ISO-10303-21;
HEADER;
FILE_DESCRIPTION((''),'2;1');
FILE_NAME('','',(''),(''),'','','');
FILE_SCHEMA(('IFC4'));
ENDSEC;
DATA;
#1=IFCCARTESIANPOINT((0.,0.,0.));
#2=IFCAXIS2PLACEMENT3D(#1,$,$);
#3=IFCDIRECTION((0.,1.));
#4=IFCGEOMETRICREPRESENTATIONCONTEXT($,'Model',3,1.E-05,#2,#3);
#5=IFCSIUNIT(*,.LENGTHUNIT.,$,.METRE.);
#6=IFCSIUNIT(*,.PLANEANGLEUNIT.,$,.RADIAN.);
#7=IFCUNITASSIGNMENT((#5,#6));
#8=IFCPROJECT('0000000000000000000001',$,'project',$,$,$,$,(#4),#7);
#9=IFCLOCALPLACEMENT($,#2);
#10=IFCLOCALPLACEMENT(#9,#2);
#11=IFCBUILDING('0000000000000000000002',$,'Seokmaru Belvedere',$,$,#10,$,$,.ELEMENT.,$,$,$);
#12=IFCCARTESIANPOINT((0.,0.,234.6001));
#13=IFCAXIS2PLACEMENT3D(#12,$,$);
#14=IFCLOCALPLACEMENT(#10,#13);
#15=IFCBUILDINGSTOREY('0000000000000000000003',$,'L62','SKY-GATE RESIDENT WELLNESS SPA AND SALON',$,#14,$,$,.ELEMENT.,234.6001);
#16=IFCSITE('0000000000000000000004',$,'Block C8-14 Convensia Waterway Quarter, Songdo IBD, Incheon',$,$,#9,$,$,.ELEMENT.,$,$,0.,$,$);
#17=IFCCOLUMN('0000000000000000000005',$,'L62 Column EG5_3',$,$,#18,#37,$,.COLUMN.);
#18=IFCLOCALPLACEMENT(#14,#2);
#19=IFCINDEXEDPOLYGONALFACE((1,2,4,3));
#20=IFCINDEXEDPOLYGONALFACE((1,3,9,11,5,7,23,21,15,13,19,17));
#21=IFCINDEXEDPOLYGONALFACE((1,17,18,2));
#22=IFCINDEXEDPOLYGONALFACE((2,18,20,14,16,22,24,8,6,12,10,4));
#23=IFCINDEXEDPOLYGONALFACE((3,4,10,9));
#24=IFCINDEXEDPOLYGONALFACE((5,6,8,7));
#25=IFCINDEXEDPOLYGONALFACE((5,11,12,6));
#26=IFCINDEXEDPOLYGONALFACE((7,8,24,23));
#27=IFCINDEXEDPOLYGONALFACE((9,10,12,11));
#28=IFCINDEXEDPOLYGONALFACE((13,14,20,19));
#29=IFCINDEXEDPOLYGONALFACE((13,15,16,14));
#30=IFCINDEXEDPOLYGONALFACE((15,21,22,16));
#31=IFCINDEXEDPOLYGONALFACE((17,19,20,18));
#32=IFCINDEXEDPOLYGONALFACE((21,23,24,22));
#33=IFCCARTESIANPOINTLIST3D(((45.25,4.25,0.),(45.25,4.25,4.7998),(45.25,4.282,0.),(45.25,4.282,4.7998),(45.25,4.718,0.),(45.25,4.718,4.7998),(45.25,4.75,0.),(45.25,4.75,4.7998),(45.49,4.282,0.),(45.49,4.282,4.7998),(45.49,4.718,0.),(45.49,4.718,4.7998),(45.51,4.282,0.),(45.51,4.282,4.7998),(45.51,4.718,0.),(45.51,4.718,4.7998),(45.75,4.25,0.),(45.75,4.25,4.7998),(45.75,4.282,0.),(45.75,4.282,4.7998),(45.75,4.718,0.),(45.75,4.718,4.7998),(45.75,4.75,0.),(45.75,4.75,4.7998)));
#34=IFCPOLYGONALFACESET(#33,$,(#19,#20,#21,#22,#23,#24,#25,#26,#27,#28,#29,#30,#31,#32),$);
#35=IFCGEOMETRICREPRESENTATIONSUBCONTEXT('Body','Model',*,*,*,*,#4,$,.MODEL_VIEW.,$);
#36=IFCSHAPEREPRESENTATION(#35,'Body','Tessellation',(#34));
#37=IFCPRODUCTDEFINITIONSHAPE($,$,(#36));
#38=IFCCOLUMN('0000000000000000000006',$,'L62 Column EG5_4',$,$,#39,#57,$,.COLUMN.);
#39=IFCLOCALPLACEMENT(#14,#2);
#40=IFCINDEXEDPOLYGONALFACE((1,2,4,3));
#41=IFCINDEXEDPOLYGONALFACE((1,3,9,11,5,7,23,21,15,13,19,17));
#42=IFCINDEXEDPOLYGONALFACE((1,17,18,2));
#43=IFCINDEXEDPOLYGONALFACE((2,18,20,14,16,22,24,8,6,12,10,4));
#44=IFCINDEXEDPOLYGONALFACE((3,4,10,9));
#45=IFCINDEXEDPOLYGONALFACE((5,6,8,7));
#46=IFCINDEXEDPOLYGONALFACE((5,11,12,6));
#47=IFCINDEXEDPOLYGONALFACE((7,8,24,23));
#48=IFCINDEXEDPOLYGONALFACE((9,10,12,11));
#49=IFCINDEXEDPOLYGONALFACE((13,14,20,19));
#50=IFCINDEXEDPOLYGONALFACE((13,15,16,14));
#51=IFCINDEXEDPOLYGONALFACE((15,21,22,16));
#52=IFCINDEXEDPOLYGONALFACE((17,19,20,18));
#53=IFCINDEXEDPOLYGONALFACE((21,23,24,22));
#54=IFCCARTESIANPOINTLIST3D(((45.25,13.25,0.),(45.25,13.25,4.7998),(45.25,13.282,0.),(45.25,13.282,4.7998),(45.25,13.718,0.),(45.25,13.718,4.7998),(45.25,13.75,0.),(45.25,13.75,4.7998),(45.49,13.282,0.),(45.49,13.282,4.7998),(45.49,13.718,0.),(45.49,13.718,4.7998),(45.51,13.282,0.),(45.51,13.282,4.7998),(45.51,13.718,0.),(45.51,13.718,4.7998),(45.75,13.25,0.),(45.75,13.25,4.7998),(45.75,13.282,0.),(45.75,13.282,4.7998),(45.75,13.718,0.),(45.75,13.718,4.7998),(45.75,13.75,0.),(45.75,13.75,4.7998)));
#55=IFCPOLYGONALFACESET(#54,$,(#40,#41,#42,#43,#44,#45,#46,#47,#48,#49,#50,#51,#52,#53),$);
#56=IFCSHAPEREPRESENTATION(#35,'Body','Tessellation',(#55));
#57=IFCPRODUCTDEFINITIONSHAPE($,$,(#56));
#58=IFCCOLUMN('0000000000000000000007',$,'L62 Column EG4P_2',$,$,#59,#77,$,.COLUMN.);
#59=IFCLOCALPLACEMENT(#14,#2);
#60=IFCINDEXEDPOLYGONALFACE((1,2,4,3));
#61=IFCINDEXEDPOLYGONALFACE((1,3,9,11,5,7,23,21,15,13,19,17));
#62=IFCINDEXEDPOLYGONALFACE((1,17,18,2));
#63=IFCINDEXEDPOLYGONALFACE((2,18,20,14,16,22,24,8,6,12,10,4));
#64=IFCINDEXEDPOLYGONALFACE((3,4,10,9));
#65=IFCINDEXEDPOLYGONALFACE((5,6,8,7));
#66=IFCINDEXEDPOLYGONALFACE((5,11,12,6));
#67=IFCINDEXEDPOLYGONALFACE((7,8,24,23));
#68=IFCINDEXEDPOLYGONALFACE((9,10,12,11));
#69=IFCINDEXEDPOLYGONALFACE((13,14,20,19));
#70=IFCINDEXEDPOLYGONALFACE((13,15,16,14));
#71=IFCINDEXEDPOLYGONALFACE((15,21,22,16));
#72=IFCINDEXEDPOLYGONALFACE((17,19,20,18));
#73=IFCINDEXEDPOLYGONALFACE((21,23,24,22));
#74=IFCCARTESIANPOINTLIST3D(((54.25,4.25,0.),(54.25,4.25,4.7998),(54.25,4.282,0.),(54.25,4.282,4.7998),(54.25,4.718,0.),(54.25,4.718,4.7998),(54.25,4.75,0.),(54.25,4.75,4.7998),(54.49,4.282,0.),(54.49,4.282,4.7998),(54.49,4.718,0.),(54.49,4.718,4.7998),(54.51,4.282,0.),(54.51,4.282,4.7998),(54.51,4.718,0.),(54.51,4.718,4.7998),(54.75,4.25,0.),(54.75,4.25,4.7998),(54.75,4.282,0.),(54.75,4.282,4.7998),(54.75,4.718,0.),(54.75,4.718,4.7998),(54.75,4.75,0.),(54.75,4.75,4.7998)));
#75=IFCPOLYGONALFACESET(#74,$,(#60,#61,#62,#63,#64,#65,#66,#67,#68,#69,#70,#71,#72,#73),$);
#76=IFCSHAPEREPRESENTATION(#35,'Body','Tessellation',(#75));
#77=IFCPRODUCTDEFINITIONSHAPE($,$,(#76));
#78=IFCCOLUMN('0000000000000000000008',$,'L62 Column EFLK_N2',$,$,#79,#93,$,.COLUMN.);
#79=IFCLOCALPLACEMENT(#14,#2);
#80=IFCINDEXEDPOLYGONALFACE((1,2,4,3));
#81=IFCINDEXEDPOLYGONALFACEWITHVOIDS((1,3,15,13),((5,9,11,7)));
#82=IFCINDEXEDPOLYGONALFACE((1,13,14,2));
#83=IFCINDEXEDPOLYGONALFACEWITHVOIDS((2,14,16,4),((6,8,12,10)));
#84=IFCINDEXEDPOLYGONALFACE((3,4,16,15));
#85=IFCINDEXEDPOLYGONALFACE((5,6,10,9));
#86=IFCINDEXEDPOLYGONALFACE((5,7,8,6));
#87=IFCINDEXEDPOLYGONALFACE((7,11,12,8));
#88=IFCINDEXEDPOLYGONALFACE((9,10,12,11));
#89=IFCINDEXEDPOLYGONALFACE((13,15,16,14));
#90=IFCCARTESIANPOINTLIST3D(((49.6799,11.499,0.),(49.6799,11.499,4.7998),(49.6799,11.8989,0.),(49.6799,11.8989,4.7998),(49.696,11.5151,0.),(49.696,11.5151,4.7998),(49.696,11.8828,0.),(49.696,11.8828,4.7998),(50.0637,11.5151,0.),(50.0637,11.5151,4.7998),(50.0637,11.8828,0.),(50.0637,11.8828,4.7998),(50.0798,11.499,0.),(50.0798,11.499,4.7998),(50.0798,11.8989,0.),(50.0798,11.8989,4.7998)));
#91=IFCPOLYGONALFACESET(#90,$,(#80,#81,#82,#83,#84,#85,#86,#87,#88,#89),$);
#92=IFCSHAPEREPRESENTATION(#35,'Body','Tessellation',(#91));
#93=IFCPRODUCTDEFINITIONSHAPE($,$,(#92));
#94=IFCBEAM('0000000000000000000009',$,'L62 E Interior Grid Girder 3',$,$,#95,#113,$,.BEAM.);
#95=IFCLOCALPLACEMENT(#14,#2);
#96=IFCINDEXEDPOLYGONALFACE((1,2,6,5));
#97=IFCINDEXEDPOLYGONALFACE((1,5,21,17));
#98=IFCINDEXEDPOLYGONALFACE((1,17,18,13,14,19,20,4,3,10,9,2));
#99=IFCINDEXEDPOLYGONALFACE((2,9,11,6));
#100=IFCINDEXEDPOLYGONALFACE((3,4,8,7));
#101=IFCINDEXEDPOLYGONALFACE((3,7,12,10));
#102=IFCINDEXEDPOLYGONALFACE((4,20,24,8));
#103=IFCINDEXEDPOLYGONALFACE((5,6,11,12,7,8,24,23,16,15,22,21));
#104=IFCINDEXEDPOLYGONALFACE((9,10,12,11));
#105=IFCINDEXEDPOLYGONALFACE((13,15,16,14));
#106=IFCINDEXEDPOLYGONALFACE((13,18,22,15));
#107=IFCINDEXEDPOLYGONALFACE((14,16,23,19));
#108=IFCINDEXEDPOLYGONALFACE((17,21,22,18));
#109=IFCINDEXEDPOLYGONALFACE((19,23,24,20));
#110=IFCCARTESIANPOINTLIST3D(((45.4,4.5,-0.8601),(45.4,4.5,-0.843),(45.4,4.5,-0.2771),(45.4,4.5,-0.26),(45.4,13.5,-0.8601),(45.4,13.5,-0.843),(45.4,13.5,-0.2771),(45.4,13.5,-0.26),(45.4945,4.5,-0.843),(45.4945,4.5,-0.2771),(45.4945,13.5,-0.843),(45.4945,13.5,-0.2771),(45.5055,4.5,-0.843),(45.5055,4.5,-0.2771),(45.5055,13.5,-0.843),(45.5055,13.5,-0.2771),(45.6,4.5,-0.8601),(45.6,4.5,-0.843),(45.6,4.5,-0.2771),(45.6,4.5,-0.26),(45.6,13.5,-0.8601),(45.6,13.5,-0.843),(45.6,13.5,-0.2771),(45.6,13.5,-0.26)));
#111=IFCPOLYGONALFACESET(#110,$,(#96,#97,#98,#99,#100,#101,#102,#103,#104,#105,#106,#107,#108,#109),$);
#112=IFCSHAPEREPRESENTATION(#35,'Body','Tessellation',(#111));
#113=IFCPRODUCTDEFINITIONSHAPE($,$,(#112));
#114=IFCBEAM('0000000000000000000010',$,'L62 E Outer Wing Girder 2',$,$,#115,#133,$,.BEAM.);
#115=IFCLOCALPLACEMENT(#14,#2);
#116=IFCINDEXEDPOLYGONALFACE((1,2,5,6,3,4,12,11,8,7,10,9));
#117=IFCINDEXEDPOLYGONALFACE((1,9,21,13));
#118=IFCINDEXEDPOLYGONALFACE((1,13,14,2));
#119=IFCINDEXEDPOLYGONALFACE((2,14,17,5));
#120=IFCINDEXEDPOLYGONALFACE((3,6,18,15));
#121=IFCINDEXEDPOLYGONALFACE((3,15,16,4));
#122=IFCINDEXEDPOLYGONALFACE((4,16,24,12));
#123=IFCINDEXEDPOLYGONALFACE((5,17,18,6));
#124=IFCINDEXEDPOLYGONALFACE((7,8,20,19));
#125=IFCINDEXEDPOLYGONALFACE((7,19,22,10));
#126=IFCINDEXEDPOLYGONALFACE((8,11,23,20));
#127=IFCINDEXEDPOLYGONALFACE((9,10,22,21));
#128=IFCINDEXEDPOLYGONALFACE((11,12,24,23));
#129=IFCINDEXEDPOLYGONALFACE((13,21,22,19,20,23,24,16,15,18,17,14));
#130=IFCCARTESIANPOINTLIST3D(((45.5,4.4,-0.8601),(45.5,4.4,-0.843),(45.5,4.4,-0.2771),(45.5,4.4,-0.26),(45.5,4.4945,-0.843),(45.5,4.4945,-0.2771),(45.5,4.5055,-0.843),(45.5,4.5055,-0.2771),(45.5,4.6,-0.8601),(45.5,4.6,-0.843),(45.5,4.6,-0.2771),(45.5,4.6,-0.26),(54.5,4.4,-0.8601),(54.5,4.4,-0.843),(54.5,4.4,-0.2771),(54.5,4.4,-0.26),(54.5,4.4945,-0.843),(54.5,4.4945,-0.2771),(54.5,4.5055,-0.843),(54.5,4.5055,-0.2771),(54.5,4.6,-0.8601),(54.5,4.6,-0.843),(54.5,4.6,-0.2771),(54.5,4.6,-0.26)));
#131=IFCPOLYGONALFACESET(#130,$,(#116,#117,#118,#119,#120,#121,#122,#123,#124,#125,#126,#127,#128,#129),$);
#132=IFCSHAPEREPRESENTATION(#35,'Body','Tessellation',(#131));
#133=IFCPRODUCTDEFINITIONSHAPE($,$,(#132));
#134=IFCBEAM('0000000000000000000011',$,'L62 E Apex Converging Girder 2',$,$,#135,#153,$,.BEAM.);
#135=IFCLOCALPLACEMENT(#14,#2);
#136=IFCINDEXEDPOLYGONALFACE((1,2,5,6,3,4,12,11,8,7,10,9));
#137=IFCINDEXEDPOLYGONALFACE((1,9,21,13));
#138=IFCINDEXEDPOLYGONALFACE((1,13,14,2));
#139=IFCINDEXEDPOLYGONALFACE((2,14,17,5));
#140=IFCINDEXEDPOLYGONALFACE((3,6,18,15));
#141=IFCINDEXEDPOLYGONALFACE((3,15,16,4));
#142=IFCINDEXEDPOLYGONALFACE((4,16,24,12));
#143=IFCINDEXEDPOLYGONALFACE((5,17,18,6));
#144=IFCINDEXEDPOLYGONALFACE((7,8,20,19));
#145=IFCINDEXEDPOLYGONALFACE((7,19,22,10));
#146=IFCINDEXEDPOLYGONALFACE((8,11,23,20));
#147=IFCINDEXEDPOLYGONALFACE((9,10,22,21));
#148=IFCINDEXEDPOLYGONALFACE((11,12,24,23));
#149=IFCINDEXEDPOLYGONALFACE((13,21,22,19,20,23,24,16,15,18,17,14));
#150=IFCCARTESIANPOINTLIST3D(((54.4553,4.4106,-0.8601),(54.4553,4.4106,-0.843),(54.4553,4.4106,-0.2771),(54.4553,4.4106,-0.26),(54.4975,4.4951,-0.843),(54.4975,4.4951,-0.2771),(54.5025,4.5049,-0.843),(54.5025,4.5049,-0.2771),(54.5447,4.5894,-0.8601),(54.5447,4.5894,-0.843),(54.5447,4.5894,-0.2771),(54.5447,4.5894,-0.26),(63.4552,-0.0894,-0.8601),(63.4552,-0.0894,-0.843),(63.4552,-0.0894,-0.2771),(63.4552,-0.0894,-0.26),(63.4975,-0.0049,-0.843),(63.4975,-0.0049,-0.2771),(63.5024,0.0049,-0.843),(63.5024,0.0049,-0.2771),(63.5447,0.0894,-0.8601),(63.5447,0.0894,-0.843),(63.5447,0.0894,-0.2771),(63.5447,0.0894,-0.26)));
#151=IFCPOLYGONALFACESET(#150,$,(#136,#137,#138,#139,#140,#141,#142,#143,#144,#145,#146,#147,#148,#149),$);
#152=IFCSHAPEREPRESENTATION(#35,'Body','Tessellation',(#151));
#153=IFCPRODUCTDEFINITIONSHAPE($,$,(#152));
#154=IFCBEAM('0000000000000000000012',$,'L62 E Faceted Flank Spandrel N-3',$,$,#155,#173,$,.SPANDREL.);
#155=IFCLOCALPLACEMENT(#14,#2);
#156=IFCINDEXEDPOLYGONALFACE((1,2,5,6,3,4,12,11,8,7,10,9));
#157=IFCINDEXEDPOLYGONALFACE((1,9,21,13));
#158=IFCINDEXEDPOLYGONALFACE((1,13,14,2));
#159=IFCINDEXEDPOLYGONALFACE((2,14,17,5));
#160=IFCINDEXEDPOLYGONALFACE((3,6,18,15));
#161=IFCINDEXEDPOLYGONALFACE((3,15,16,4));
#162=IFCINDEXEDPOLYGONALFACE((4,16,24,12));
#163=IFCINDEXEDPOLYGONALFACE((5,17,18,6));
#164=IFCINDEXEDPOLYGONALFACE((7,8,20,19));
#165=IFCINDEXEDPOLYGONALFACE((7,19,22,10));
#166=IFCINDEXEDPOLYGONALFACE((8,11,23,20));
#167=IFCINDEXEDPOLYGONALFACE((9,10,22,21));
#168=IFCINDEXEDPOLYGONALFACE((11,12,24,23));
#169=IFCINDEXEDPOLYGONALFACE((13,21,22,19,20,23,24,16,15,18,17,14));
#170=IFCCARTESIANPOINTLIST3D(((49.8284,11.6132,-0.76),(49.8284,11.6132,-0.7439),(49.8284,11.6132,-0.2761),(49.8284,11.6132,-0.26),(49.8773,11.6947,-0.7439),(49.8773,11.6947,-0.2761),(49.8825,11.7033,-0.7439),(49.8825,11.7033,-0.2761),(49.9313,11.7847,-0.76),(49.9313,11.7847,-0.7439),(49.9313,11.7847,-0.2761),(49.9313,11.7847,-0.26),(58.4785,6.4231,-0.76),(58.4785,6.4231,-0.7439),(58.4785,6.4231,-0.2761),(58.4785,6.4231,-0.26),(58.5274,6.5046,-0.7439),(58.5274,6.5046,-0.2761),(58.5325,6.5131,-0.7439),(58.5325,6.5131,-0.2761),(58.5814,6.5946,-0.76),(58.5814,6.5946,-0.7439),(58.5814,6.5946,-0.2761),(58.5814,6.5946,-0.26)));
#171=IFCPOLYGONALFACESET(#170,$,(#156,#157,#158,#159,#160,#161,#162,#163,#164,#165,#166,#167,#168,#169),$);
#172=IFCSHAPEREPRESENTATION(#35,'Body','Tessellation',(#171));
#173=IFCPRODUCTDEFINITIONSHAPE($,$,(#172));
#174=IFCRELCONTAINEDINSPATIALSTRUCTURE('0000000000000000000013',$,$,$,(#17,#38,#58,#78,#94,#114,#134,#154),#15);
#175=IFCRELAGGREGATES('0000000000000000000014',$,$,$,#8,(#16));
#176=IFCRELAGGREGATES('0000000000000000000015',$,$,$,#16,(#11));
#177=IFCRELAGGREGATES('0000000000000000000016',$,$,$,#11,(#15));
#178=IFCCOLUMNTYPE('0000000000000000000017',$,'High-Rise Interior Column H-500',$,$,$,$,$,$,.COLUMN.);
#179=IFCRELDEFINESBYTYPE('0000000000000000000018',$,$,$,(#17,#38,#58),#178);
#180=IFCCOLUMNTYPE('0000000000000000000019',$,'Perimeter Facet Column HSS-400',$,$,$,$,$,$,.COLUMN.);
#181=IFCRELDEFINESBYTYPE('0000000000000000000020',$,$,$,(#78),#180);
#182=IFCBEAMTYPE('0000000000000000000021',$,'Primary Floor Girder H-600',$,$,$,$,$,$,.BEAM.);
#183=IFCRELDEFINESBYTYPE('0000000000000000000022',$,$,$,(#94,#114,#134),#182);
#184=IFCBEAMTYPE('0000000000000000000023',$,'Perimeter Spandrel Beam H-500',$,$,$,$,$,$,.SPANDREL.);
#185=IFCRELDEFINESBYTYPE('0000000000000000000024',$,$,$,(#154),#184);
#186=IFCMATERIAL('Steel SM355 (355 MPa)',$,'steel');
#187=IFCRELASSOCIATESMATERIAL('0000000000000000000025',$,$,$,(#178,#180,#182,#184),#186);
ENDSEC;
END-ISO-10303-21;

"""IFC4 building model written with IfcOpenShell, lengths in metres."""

from ifc_helpers import new_model, si_unit, direction, frame, origin, origin_2d, place, context, subcontext, project, spatial, hollow_rectangle, i_section, extrude, source, transform, mapped, material, material_profile, profile_set, type_object, type_shapes, element, save


model = new_model("IFC4")

# Units and contexts
model_context = context("Model", 3, precision=1e-05, world=origin(), true_north=direction((0.0, 1.0)))
body_context = subcontext(model_context, "Body", "Model", "MODEL_VIEW")
ifc_project = project(units=[si_unit("LENGTHUNIT", "METRE"), si_unit("PLANEANGLEUNIT", "RADIAN")], contexts=[model_context])

# Site, building, storey
site_placement = place(None, origin())
site = spatial("IfcSite", under=ifc_project, at=site_placement, Name="Block C8-14 Convensia Waterway Quarter, Songdo IBD, Incheon", CompositionType="ELEMENT", RefElevation=0.0)
building_placement = place(site_placement, origin())
building = spatial("IfcBuilding", under=site, at=building_placement, Name="Seokmaru Belvedere", CompositionType="ELEMENT")
storey_placement = place(building_placement, frame((0.0, 0.0, 234.6001)))
storey = spatial("IfcBuildingStorey", under=building, at=storey_placement, Name="L62", Description="SKY-GATE RESIDENT WELLNESS SPA AND SALON", CompositionType="ELEMENT", Elevation=234.6001)

# Columns
ifc_material_1 = material(Name="Steel SM355 (355 MPa)", Category="steel")
ifc_material_profile_1 = material_profile(ifc_material_1, i_section(OverallWidth=0.5, OverallDepth=0.5, WebThickness=0.02, FlangeThickness=0.032, at=origin_2d()), Name="H-500x500x20x32")
ifc_profile_set_1 = profile_set([ifc_material_profile_1], Name="Steel SM355 (355 MPa)")
column_type_1 = type_object("IfcColumnType", Name="High-Rise Interior Column H-500", PredefinedType="COLUMN", material=ifc_profile_set_1)
shared_shape_1 = source(origin(), body_context, "Body", "SweptSolid", [
    extrude(i_section(OverallWidth=0.5, OverallDepth=0.5, WebThickness=0.02, FlangeThickness=0.032, at=origin_2d()), origin(), (0.0, 0.0, 1.0), 4.7998),
])
type_shapes(column_type_1, [shared_shape_1])
for number, where, z_axis, x_axis, name in (
    (1, (45.5, 4.5, 0.0), (0.0, 0.0, 1.0), (1.0, 0.0, 0.0), "L62 Column EG5_3"),
    (2, (45.5, 13.5, 0.0), (0.0, 0.0, 1.0), (1.0, 0.0, 0.0), "L62 Column EG5_4"),
    (3, (54.5, 4.5, 0.0), (0.0, 0.0, 1.0), (1.0, 0.0, 0.0), "L62 Column EG4P_2"),
):
    element("IfcColumn", number, at=place(storey_placement, frame(where, z_axis=z_axis, x_axis=x_axis)), inside=storey, type_object=column_type_1, Name=name, PredefinedType="COLUMN", context=body_context, shape_type="MappedRepresentation", body=[
        mapped(shared_shape_1, transform((0.0, 0.0, 0.0), scale=1.0)),
    ])
ifc_material_profile_2 = material_profile(ifc_material_1, hollow_rectangle(XDim=0.3999, YDim=0.3999, WallThickness=0.0161, at=origin_2d()), Name="HSS-400x400x16")
ifc_profile_set_2 = profile_set([ifc_material_profile_2], Name="Steel SM355 (355 MPa)")
column_type_2 = type_object("IfcColumnType", Name="Perimeter Facet Column HSS-400", PredefinedType="COLUMN", material=ifc_profile_set_2)
shared_shape_2 = source(origin(), body_context, "Body", "SweptSolid", [
    extrude(hollow_rectangle(XDim=0.3999, YDim=0.3999, WallThickness=0.0161, at=origin_2d()), origin(), (0.0, 0.0, 1.0), 4.7998),
])
type_shapes(column_type_2, [shared_shape_2])
column_placement = place(storey_placement, frame((49.8799, 11.699, 0.0), z_axis=(0.0, 0.0, 1.0), x_axis=(1.0, 0.0, 0.0)))
element("IfcColumn", 4, at=column_placement, inside=storey, type_object=column_type_2, Name="L62 Column EFLK_N2", PredefinedType="COLUMN", context=body_context, shape_type="MappedRepresentation", body=[
    mapped(shared_shape_2, transform((0.0, 0.0, 0.0), scale=1.0)),
])

# Beams
ifc_material_profile_3 = material_profile(ifc_material_1, i_section(OverallWidth=0.2, OverallDepth=0.6001, WebThickness=0.011, FlangeThickness=0.0171, at=origin_2d()), Name="H-600x200x11x17")
ifc_profile_set_3 = profile_set([ifc_material_profile_3], Name="Steel SM355 (355 MPa)")
beam_type_1 = type_object("IfcBeamType", Name="Primary Floor Girder H-600", PredefinedType="BEAM", material=ifc_profile_set_3)
shared_shape_3 = source(origin(), body_context, "Body", "SweptSolid", [
    extrude(i_section(OverallWidth=0.2, OverallDepth=0.6001, WebThickness=0.011, FlangeThickness=0.0171, at=origin_2d()), origin(), (0.0, 0.0, 1.0), 9.0),
])
for number, where, z_axis, x_axis, name in (
    (5, (45.5, 4.5, -0.5601), (0.0, 1.0, 0.0), (-1.0, 0.0, 0.0), "L62 E Interior Grid Girder 3"),
    (6, (45.5, 4.5, -0.5601), (1.0, 0.0, 0.0), (0.0, 1.0, 0.0), "L62 E Outer Wing Girder 2"),
):
    element("IfcBeam", number, at=place(storey_placement, frame(where, z_axis=z_axis, x_axis=x_axis)), inside=storey, type_object=beam_type_1, Name=name, PredefinedType="BEAM", context=body_context, shape_type="MappedRepresentation", body=[
        mapped(shared_shape_3, transform((0.0, 0.0, 0.0), scale=1.0)),
    ])
shared_shape_4 = source(origin(), body_context, "Body", "SweptSolid", [
    extrude(i_section(OverallWidth=0.2, OverallDepth=0.6001, WebThickness=0.011, FlangeThickness=0.0171, at=origin_2d()), origin(), (0.0, 0.0, 1.0), 10.0623),
])
beam_1_placement = place(storey_placement, frame((54.5, 4.5, -0.5601), z_axis=(0.894427, -0.447214, 0.0), x_axis=(0.447214, 0.894427, 0.0)))
element("IfcBeam", 7, at=beam_1_placement, inside=storey, type_object=beam_type_1, Name="L62 E Apex Converging Girder 2", PredefinedType="BEAM", context=body_context, shape_type="MappedRepresentation", body=[
    mapped(shared_shape_4, transform((0.0, 0.0, 0.0), scale=1.0)),
])
ifc_material_profile_4 = material_profile(ifc_material_1, i_section(OverallWidth=0.2, OverallDepth=0.5, WebThickness=0.01, FlangeThickness=0.0161, at=origin_2d()), Name="H-500x200x10x16")
ifc_profile_set_4 = profile_set([ifc_material_profile_4], Name="Steel SM355 (355 MPa)")
beam_type_2 = type_object("IfcBeamType", Name="Perimeter Spandrel Beam H-500", PredefinedType="SPANDREL", material=ifc_profile_set_4)
shared_shape_5 = source(origin(), body_context, "Body", "SweptSolid", [
    extrude(i_section(OverallWidth=0.2, OverallDepth=0.5, WebThickness=0.01, FlangeThickness=0.0161, at=origin_2d()), origin(), (0.0, 0.0, 1.0), 10.0876),
])
type_shapes(beam_type_2, [shared_shape_5])
beam_2_placement = place(storey_placement, frame((49.8799, 11.699, -0.51), z_axis=(0.857489, -0.514503, 0.0), x_axis=(0.514503, 0.857489, 0.0)))
element("IfcBeam", 8, at=beam_2_placement, inside=storey, type_object=beam_type_2, Name="L62 E Faceted Flank Spandrel N-3", PredefinedType="SPANDREL", context=body_context, shape_type="MappedRepresentation", body=[
    mapped(shared_shape_5, transform((0.0, 0.0, 0.0), scale=1.0)),
])

save(model, "model.ifc")
